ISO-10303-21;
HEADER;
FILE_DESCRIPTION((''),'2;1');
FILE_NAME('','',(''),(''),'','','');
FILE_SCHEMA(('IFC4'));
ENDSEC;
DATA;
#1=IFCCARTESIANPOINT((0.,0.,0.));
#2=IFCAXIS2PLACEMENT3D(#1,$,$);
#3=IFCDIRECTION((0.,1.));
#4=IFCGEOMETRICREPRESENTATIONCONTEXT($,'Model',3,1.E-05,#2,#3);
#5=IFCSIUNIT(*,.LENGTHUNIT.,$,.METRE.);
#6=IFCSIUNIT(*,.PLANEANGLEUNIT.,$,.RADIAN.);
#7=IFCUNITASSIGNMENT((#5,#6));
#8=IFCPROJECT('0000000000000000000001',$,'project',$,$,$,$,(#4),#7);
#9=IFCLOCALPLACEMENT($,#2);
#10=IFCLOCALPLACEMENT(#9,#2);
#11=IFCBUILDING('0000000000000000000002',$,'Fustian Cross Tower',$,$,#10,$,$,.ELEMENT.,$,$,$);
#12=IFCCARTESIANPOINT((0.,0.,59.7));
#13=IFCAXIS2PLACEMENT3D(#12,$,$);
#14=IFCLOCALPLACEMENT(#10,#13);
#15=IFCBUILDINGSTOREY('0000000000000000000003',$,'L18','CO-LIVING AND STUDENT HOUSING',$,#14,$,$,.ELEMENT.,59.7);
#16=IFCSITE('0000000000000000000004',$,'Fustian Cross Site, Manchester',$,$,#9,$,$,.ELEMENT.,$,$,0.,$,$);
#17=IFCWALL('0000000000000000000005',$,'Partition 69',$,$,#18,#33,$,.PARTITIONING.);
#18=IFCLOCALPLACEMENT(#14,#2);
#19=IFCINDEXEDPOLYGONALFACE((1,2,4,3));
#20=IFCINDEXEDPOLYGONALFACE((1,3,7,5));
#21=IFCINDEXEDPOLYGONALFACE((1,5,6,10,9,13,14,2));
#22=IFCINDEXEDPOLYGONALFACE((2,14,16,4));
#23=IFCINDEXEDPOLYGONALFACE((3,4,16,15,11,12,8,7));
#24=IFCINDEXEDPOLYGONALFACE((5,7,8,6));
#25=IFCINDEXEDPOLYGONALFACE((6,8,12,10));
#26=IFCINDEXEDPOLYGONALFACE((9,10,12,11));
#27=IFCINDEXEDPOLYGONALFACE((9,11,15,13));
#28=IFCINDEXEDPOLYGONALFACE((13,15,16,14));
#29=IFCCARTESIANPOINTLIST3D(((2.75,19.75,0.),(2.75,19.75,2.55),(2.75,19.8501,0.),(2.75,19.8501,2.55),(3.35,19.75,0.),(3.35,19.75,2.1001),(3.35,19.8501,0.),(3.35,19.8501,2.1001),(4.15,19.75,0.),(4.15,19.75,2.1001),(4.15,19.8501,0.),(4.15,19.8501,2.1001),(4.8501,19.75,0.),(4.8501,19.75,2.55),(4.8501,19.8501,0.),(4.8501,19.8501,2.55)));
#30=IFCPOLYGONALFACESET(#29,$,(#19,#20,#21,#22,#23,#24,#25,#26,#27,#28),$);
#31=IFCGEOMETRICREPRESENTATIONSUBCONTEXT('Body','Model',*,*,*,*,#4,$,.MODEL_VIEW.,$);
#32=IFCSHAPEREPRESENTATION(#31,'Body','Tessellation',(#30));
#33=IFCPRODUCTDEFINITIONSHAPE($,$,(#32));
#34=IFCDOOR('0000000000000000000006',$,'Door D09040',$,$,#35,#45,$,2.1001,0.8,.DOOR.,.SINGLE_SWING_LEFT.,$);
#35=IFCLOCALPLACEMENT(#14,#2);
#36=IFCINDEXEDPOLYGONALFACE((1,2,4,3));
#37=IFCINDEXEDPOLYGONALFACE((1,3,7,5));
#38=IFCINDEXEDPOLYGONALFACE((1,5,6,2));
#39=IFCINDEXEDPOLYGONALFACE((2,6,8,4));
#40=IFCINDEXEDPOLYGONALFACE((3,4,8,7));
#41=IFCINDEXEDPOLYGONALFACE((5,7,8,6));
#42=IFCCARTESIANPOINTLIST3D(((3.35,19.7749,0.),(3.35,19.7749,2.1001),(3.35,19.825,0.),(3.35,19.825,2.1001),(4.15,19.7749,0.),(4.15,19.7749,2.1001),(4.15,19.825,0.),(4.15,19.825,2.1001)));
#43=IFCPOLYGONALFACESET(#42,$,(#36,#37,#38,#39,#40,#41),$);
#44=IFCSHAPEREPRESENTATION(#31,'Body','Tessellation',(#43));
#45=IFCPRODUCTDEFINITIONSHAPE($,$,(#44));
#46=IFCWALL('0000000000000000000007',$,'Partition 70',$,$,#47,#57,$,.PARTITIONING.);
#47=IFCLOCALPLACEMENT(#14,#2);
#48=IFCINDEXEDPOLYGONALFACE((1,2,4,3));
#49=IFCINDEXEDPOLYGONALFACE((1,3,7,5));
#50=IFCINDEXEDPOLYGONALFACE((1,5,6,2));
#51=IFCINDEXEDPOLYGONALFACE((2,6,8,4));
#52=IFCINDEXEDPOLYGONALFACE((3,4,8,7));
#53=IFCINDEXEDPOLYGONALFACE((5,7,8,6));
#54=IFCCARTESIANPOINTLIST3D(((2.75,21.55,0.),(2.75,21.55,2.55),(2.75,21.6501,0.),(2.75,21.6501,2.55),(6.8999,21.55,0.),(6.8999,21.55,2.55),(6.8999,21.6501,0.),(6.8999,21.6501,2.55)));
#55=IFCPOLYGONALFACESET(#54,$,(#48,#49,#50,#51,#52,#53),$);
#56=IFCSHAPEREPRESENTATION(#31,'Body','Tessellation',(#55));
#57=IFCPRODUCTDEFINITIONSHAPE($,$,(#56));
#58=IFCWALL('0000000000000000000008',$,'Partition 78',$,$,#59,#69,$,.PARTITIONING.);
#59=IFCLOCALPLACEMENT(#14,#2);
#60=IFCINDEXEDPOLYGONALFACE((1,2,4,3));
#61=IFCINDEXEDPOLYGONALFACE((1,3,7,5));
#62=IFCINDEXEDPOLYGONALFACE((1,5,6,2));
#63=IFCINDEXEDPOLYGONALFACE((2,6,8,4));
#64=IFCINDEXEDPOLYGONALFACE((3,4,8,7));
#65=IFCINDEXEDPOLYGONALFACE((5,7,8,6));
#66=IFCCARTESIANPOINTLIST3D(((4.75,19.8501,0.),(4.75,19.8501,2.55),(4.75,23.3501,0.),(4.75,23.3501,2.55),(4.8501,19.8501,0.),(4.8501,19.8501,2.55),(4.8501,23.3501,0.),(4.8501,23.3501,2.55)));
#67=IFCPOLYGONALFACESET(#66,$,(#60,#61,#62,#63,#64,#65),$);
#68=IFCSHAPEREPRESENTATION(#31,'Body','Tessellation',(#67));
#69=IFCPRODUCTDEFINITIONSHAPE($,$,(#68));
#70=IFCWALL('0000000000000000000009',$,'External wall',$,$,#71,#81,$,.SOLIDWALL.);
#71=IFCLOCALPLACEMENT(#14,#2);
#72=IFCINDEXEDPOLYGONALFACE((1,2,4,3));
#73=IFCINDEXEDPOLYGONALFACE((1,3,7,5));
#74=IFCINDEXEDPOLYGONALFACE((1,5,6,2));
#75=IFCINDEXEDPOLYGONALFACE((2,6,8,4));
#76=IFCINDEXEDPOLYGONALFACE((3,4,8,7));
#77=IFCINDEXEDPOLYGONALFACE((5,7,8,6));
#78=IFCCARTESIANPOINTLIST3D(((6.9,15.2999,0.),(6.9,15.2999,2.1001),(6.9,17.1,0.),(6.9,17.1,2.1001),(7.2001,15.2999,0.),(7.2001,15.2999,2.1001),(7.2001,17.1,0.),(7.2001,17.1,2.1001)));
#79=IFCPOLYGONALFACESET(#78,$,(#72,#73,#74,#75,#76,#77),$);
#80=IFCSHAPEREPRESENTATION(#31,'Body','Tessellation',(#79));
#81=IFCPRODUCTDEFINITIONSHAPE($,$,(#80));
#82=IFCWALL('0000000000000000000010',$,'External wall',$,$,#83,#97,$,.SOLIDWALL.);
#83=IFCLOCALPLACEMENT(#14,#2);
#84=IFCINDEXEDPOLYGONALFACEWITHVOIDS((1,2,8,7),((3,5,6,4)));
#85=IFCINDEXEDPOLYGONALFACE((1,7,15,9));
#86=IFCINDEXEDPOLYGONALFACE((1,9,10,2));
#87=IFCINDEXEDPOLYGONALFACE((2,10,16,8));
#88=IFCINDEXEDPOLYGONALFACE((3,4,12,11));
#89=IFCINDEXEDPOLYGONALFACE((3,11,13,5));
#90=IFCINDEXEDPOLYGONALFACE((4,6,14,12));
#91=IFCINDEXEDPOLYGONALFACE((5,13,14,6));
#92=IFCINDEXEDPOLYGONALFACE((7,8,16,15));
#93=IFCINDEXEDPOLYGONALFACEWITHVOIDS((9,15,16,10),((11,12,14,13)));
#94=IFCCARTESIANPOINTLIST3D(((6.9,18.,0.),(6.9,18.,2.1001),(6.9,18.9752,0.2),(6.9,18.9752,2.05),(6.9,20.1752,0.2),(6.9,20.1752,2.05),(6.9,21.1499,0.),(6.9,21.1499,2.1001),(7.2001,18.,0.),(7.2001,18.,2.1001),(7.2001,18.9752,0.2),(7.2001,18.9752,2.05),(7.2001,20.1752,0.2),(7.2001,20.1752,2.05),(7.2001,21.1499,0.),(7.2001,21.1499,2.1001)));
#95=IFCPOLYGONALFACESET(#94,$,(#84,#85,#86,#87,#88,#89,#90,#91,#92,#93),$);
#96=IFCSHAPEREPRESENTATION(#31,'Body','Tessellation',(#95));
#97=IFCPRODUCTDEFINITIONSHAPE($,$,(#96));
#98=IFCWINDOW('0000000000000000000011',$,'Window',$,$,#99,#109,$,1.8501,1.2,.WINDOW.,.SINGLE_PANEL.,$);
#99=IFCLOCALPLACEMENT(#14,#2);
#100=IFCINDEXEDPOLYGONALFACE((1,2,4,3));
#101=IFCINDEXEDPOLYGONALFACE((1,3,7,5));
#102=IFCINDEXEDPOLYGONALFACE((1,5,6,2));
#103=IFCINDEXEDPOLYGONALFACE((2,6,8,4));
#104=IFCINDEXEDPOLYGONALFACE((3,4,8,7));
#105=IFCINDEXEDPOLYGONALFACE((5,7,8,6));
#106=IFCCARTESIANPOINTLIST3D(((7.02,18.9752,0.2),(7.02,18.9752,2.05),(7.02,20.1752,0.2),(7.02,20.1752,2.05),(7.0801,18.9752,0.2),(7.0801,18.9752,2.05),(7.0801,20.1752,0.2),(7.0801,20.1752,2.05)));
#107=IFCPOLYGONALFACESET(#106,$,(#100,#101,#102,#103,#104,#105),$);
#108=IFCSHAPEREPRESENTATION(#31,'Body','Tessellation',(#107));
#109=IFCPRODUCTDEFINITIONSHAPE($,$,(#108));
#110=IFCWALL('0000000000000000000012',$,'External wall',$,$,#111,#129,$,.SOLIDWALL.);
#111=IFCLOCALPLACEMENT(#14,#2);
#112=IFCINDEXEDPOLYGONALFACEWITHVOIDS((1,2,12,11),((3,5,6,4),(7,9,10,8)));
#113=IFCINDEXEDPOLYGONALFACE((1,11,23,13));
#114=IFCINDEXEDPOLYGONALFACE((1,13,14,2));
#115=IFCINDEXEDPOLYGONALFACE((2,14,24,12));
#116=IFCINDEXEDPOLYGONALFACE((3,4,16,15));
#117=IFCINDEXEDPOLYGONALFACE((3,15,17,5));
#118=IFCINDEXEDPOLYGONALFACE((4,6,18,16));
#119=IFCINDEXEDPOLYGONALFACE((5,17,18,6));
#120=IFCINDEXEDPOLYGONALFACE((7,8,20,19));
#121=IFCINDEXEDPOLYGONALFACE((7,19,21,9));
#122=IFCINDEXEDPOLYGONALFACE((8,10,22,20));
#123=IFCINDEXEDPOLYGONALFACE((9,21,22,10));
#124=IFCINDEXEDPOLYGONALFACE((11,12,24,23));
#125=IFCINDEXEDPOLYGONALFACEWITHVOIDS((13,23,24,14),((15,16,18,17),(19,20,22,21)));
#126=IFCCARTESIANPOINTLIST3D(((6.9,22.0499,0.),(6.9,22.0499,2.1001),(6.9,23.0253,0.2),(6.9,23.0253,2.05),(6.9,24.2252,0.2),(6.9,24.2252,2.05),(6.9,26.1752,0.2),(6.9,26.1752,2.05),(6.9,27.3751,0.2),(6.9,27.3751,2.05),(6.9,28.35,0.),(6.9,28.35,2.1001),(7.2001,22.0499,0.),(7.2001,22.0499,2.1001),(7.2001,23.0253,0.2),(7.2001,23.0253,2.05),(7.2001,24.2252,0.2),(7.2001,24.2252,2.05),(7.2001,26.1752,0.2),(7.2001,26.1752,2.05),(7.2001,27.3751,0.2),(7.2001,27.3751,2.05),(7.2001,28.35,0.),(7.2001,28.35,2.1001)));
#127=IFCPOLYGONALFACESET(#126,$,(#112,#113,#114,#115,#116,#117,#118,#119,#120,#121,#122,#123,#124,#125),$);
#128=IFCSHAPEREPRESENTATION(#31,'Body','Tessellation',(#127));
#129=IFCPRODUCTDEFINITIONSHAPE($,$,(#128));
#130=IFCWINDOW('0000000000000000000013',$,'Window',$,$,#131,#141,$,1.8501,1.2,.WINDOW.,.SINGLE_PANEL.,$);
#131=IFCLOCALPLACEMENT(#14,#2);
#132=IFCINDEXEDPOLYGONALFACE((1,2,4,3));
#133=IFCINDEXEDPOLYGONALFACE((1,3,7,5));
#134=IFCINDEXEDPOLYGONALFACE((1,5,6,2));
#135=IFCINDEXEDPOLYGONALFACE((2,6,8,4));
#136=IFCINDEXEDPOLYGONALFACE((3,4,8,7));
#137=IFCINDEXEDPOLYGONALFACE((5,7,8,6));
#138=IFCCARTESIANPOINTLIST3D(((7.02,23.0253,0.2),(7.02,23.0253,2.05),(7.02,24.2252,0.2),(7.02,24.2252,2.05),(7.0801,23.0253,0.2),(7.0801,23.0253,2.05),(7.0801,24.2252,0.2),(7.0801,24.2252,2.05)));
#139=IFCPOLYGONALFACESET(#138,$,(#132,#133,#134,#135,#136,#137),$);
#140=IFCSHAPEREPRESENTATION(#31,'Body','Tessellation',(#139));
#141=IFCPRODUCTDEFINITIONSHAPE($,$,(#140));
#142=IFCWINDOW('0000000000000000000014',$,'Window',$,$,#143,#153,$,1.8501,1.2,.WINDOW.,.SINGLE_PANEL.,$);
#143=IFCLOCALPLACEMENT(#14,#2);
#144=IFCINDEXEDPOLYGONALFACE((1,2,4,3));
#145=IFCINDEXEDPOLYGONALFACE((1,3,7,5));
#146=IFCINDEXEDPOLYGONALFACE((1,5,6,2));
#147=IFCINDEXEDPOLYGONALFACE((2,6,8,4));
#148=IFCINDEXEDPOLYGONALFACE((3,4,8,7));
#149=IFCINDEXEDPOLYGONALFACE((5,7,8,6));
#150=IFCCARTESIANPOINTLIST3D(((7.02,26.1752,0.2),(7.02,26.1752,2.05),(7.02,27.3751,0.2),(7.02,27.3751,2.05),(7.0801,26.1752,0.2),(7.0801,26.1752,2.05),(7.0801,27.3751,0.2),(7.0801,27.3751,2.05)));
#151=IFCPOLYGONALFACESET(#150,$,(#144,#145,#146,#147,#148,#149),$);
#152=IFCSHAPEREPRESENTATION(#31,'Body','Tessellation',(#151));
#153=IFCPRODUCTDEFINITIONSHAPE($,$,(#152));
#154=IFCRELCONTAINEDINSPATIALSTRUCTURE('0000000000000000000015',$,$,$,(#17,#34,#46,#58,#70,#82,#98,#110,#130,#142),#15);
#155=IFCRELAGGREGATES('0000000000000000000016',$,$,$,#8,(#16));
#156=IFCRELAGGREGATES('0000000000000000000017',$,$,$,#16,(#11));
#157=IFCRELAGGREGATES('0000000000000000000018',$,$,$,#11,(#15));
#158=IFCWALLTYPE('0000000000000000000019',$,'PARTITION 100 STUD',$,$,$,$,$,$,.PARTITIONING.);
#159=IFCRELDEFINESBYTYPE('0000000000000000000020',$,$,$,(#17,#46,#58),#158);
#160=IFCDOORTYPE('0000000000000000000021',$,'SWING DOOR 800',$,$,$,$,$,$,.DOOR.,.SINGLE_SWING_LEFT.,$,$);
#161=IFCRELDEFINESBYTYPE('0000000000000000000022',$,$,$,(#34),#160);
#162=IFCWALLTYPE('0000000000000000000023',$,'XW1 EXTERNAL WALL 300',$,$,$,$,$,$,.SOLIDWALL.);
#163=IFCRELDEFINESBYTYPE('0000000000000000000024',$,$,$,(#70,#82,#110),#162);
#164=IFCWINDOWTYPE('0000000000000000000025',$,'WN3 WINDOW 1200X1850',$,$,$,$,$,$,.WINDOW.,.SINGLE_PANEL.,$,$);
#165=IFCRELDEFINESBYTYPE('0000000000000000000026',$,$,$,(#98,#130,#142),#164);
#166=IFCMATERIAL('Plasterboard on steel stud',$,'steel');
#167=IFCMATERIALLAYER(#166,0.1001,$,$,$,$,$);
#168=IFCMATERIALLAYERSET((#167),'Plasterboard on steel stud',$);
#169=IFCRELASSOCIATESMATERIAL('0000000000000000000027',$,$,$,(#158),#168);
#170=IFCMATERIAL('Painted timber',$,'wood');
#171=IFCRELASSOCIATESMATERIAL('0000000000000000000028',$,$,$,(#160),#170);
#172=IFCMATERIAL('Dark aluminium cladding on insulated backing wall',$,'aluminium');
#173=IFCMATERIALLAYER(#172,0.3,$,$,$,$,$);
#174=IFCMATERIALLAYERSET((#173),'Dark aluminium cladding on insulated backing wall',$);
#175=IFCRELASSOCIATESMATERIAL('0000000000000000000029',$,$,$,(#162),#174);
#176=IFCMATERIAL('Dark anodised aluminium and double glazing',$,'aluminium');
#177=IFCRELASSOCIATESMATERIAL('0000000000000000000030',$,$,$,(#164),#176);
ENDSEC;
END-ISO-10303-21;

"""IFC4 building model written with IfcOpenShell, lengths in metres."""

from ifc_helpers import new_model, si_unit, direction, frame, frame_2d, origin, place, context, subcontext, project, spatial, rectangle, extrude, material, layer, layer_set, type_object, element, fill, save


model = new_model("IFC4")

# Units and contexts
model_context = context("Model", 3, precision=1e-05, world=origin(), true_north=direction((0.0, 1.0)))
body_context = subcontext(model_context, "Body", "Model", "MODEL_VIEW")
ifc_project = project(units=[si_unit("LENGTHUNIT", "METRE"), si_unit("PLANEANGLEUNIT", "RADIAN")], contexts=[model_context])

# Site, building, storey
site_placement = place(None, origin())
site = spatial("IfcSite", under=ifc_project, at=site_placement, Name="Fustian Cross Site, Manchester", CompositionType="ELEMENT", RefElevation=0.0)
building_placement = place(site_placement, origin())
building = spatial("IfcBuilding", under=site, at=building_placement, Name="Fustian Cross Tower", CompositionType="ELEMENT")
storey_placement = place(building_placement, frame((0.0, 0.0, 59.7)))
storey = spatial("IfcBuildingStorey", under=building, at=storey_placement, Name="L18", Description="CO-LIVING AND STUDENT HOUSING", CompositionType="ELEMENT", Elevation=59.7)

# Shared definitions
ifc_material_1 = material(Name="Plasterboard on steel stud", Category="steel")
ifc_layer_1 = layer(ifc_material_1, 0.1001)
ifc_layer_set_1 = layer_set([ifc_layer_1], Name="Plasterboard on steel stud")
wall_type_1 = type_object("IfcWallType", Name="PARTITION 100 STUD", PredefinedType="PARTITIONING", material=ifc_layer_set_1)

# Wall, opening, door
wall_1_placement = place(storey_placement, frame((2.75, 19.8, 0.0), z_axis=(0.0, 0.0, 1.0), x_axis=(1.0, 0.0, 0.0)))
wall_1 = element("IfcWall", 1, at=wall_1_placement, inside=storey, type_object=wall_type_1, Name="Partition 69", PredefinedType="PARTITIONING", context=body_context, shape_type="SweptSolid", body=[
    extrude(rectangle(XDim=2.1001, YDim=0.1001, at=frame_2d((1.05, 0.0))), origin(), (0.0, 0.0, 1.0), 2.55),
])
opening_1_placement = place(wall_1_placement, frame((0.6001, 0.0, 0.0)))
opening_1 = element("IfcOpeningElement", 2, at=opening_1_placement, cuts=wall_1, PredefinedType="OPENING", context=body_context, shape_type="SweptSolid", body=[
    extrude(rectangle(XDim=0.8, YDim=2.1001, at=frame_2d((0.3999, 1.05))), frame((0.0, 0.0601, 0.0), z_axis=(0.0, -1.0, 0.0), x_axis=(1.0, 0.0, 0.0)), (0.0, 0.0, 1.0), 0.1201),
])
ifc_material_2 = material(Name="Painted timber", Category="wood")
door_type_1 = type_object("IfcDoorType", Name="SWING DOOR 800", OperationType="SINGLE_SWING_LEFT", PredefinedType="DOOR", material=ifc_material_2)
door_1_placement = place(opening_1_placement, origin())
door_1 = element("IfcDoor", 3, at=door_1_placement, inside=storey, type_object=door_type_1, Name="Door D09040", OperationType="SINGLE_SWING_LEFT", OverallHeight=2.1001, OverallWidth=0.8, PredefinedType="DOOR", context=body_context, shape_type="SweptSolid", body=[
    extrude(rectangle(XDim=0.8, YDim=2.1001, at=frame_2d((0.3999, 1.05))), frame((0.0, 0.0249, 0.0), z_axis=(0.0, -1.0, 0.0), x_axis=(1.0, 0.0, 0.0)), (0.0, 0.0, 1.0), 0.05),
])
fill(opening_1, door_1)

# Walls
wall_2_placement = place(storey_placement, frame((2.75, 21.6001, 0.0), z_axis=(0.0, 0.0, 1.0), x_axis=(1.0, 0.0, 0.0)))
element("IfcWall", 4, at=wall_2_placement, inside=storey, type_object=wall_type_1, Name="Partition 70", PredefinedType="PARTITIONING", context=body_context, shape_type="SweptSolid", body=[
    extrude(rectangle(XDim=4.1499, YDim=0.1001, at=frame_2d((2.075, 0.0))), origin(), (0.0, 0.0, 1.0), 2.55),
])
wall_3_placement = place(storey_placement, frame((4.8, 19.8501, 0.0), z_axis=(0.0, 0.0, 1.0), x_axis=(0.0, 1.0, 0.0)))
element("IfcWall", 5, at=wall_3_placement, inside=storey, type_object=wall_type_1, Name="Partition 78", PredefinedType="PARTITIONING", context=body_context, shape_type="SweptSolid", body=[
    extrude(rectangle(XDim=3.5, YDim=0.1001, at=frame_2d((1.75, 0.0))), origin(), (0.0, 0.0, 1.0), 2.55),
])
ifc_material_3 = material(Name="Dark aluminium cladding on insulated backing wall", Category="aluminium")
ifc_layer_2 = layer(ifc_material_3, 0.3)
ifc_layer_set_2 = layer_set([ifc_layer_2], Name="Dark aluminium cladding on insulated backing wall")
wall_type_2 = type_object("IfcWallType", Name="XW1 EXTERNAL WALL 300", PredefinedType="SOLIDWALL", material=ifc_layer_set_2)
wall_4_placement = place(storey_placement, frame((7.05, 15.3, 0.0), z_axis=(0.0, 0.0, 1.0), x_axis=(0.0, 1.0, 0.0)))
element("IfcWall", 6, at=wall_4_placement, inside=storey, type_object=wall_type_2, Name="External wall", PredefinedType="SOLIDWALL", context=body_context, shape_type="SweptSolid", body=[
    extrude(rectangle(XDim=1.8, YDim=0.3, at=frame_2d((0.8999, 0.0))), origin(), (0.0, 0.0, 1.0), 2.1001),
])

# Wall, opening, window
wall_5_placement = place(storey_placement, frame((7.05, 18.0, 0.0), z_axis=(0.0, 0.0, 1.0), x_axis=(0.0, 1.0, 0.0)))
wall_5 = element("IfcWall", 7, at=wall_5_placement, inside=storey, type_object=wall_type_2, Name="External wall", PredefinedType="SOLIDWALL", context=body_context, shape_type="SweptSolid", body=[
    extrude(rectangle(XDim=3.1499, YDim=0.3, at=frame_2d((1.575, 0.0))), origin(), (0.0, 0.0, 1.0), 2.1001),
])
opening_2_placement = place(wall_5_placement, frame((0.9751, 0.0, 0.2)))
opening_2 = element("IfcOpeningElement", 8, at=opening_2_placement, cuts=wall_5, PredefinedType="OPENING", context=body_context, shape_type="SweptSolid", body=[
    extrude(rectangle(XDim=1.2, YDim=1.8501, at=frame_2d((0.6001, 0.925))), frame((0.0, 0.1599, 0.0), z_axis=(0.0, -1.0, 0.0), x_axis=(1.0, 0.0, 0.0)), (0.0, 0.0, 1.0), 0.3201),
])
ifc_material_4 = material(Name="Dark anodised aluminium and double glazing", Category="aluminium")
window_type = type_object("IfcWindowType", Name="WN3 WINDOW 1200X1850", PartitioningType="SINGLE_PANEL", PredefinedType="WINDOW", material=ifc_material_4)
window_1_placement = place(opening_2_placement, origin())
window_1 = element("IfcWindow", 9, at=window_1_placement, inside=storey, type_object=window_type, Name="Window", OverallHeight=1.8501, OverallWidth=1.2, PartitioningType="SINGLE_PANEL", PredefinedType="WINDOW", context=body_context, shape_type="SweptSolid", body=[
    extrude(rectangle(XDim=1.2, YDim=1.8501, at=frame_2d((0.6001, 0.925))), frame((0.0, 0.03, 0.0), z_axis=(0.0, -1.0, 0.0), x_axis=(1.0, 0.0, 0.0)), (0.0, 0.0, 1.0), 0.0601),
])
fill(opening_2, window_1)

# Wall, openings, windows
wall_6_placement = place(storey_placement, frame((7.05, 22.05, 0.0), z_axis=(0.0, 0.0, 1.0), x_axis=(0.0, 1.0, 0.0)))
wall_6 = element("IfcWall", 10, at=wall_6_placement, inside=storey, type_object=wall_type_2, Name="External wall", PredefinedType="SOLIDWALL", context=body_context, shape_type="SweptSolid", body=[
    extrude(rectangle(XDim=6.3, YDim=0.3, at=frame_2d((3.1499, 0.0))), origin(), (0.0, 0.0, 1.0), 2.1001),
])
opening_3_placement = place(wall_6_placement, frame((0.9751, 0.0, 0.2)))
opening_3 = element("IfcOpeningElement", 11, at=opening_3_placement, cuts=wall_6, PredefinedType="OPENING", context=body_context, shape_type="SweptSolid", body=[
    extrude(rectangle(XDim=1.2, YDim=1.8501, at=frame_2d((0.6001, 0.925))), frame((0.0, 0.1599, 0.0), z_axis=(0.0, -1.0, 0.0), x_axis=(1.0, 0.0, 0.0)), (0.0, 0.0, 1.0), 0.3201),
])
opening_4_placement = place(wall_6_placement, frame((4.125, 0.0, 0.2)))
opening_4 = element("IfcOpeningElement", 12, at=opening_4_placement, cuts=wall_6, PredefinedType="OPENING", context=body_context, shape_type="SweptSolid", body=[
    extrude(rectangle(XDim=1.2, YDim=1.8501, at=frame_2d((0.6001, 0.925))), frame((0.0, 0.1599, 0.0), z_axis=(0.0, -1.0, 0.0), x_axis=(1.0, 0.0, 0.0)), (0.0, 0.0, 1.0), 0.3201),
])
window_2_placement = place(opening_3_placement, origin())
window_2 = element("IfcWindow", 13, at=window_2_placement, inside=storey, type_object=window_type, Name="Window", OverallHeight=1.8501, OverallWidth=1.2, PartitioningType="SINGLE_PANEL", PredefinedType="WINDOW", context=body_context, shape_type="SweptSolid", body=[
    extrude(rectangle(XDim=1.2, YDim=1.8501, at=frame_2d((0.6001, 0.925))), frame((0.0, 0.03, 0.0), z_axis=(0.0, -1.0, 0.0), x_axis=(1.0, 0.0, 0.0)), (0.0, 0.0, 1.0), 0.0601),
])
fill(opening_3, window_2)
window_3_placement = place(opening_4_placement, origin())
window_3 = element("IfcWindow", 14, at=window_3_placement, inside=storey, type_object=window_type, Name="Window", OverallHeight=1.8501, OverallWidth=1.2, PartitioningType="SINGLE_PANEL", PredefinedType="WINDOW", context=body_context, shape_type="SweptSolid", body=[
    extrude(rectangle(XDim=1.2, YDim=1.8501, at=frame_2d((0.6001, 0.925))), frame((0.0, 0.03, 0.0), z_axis=(0.0, -1.0, 0.0), x_axis=(1.0, 0.0, 0.0)), (0.0, 0.0, 1.0), 0.0601),
])
fill(opening_4, window_3)

save(model, "model.ifc")
